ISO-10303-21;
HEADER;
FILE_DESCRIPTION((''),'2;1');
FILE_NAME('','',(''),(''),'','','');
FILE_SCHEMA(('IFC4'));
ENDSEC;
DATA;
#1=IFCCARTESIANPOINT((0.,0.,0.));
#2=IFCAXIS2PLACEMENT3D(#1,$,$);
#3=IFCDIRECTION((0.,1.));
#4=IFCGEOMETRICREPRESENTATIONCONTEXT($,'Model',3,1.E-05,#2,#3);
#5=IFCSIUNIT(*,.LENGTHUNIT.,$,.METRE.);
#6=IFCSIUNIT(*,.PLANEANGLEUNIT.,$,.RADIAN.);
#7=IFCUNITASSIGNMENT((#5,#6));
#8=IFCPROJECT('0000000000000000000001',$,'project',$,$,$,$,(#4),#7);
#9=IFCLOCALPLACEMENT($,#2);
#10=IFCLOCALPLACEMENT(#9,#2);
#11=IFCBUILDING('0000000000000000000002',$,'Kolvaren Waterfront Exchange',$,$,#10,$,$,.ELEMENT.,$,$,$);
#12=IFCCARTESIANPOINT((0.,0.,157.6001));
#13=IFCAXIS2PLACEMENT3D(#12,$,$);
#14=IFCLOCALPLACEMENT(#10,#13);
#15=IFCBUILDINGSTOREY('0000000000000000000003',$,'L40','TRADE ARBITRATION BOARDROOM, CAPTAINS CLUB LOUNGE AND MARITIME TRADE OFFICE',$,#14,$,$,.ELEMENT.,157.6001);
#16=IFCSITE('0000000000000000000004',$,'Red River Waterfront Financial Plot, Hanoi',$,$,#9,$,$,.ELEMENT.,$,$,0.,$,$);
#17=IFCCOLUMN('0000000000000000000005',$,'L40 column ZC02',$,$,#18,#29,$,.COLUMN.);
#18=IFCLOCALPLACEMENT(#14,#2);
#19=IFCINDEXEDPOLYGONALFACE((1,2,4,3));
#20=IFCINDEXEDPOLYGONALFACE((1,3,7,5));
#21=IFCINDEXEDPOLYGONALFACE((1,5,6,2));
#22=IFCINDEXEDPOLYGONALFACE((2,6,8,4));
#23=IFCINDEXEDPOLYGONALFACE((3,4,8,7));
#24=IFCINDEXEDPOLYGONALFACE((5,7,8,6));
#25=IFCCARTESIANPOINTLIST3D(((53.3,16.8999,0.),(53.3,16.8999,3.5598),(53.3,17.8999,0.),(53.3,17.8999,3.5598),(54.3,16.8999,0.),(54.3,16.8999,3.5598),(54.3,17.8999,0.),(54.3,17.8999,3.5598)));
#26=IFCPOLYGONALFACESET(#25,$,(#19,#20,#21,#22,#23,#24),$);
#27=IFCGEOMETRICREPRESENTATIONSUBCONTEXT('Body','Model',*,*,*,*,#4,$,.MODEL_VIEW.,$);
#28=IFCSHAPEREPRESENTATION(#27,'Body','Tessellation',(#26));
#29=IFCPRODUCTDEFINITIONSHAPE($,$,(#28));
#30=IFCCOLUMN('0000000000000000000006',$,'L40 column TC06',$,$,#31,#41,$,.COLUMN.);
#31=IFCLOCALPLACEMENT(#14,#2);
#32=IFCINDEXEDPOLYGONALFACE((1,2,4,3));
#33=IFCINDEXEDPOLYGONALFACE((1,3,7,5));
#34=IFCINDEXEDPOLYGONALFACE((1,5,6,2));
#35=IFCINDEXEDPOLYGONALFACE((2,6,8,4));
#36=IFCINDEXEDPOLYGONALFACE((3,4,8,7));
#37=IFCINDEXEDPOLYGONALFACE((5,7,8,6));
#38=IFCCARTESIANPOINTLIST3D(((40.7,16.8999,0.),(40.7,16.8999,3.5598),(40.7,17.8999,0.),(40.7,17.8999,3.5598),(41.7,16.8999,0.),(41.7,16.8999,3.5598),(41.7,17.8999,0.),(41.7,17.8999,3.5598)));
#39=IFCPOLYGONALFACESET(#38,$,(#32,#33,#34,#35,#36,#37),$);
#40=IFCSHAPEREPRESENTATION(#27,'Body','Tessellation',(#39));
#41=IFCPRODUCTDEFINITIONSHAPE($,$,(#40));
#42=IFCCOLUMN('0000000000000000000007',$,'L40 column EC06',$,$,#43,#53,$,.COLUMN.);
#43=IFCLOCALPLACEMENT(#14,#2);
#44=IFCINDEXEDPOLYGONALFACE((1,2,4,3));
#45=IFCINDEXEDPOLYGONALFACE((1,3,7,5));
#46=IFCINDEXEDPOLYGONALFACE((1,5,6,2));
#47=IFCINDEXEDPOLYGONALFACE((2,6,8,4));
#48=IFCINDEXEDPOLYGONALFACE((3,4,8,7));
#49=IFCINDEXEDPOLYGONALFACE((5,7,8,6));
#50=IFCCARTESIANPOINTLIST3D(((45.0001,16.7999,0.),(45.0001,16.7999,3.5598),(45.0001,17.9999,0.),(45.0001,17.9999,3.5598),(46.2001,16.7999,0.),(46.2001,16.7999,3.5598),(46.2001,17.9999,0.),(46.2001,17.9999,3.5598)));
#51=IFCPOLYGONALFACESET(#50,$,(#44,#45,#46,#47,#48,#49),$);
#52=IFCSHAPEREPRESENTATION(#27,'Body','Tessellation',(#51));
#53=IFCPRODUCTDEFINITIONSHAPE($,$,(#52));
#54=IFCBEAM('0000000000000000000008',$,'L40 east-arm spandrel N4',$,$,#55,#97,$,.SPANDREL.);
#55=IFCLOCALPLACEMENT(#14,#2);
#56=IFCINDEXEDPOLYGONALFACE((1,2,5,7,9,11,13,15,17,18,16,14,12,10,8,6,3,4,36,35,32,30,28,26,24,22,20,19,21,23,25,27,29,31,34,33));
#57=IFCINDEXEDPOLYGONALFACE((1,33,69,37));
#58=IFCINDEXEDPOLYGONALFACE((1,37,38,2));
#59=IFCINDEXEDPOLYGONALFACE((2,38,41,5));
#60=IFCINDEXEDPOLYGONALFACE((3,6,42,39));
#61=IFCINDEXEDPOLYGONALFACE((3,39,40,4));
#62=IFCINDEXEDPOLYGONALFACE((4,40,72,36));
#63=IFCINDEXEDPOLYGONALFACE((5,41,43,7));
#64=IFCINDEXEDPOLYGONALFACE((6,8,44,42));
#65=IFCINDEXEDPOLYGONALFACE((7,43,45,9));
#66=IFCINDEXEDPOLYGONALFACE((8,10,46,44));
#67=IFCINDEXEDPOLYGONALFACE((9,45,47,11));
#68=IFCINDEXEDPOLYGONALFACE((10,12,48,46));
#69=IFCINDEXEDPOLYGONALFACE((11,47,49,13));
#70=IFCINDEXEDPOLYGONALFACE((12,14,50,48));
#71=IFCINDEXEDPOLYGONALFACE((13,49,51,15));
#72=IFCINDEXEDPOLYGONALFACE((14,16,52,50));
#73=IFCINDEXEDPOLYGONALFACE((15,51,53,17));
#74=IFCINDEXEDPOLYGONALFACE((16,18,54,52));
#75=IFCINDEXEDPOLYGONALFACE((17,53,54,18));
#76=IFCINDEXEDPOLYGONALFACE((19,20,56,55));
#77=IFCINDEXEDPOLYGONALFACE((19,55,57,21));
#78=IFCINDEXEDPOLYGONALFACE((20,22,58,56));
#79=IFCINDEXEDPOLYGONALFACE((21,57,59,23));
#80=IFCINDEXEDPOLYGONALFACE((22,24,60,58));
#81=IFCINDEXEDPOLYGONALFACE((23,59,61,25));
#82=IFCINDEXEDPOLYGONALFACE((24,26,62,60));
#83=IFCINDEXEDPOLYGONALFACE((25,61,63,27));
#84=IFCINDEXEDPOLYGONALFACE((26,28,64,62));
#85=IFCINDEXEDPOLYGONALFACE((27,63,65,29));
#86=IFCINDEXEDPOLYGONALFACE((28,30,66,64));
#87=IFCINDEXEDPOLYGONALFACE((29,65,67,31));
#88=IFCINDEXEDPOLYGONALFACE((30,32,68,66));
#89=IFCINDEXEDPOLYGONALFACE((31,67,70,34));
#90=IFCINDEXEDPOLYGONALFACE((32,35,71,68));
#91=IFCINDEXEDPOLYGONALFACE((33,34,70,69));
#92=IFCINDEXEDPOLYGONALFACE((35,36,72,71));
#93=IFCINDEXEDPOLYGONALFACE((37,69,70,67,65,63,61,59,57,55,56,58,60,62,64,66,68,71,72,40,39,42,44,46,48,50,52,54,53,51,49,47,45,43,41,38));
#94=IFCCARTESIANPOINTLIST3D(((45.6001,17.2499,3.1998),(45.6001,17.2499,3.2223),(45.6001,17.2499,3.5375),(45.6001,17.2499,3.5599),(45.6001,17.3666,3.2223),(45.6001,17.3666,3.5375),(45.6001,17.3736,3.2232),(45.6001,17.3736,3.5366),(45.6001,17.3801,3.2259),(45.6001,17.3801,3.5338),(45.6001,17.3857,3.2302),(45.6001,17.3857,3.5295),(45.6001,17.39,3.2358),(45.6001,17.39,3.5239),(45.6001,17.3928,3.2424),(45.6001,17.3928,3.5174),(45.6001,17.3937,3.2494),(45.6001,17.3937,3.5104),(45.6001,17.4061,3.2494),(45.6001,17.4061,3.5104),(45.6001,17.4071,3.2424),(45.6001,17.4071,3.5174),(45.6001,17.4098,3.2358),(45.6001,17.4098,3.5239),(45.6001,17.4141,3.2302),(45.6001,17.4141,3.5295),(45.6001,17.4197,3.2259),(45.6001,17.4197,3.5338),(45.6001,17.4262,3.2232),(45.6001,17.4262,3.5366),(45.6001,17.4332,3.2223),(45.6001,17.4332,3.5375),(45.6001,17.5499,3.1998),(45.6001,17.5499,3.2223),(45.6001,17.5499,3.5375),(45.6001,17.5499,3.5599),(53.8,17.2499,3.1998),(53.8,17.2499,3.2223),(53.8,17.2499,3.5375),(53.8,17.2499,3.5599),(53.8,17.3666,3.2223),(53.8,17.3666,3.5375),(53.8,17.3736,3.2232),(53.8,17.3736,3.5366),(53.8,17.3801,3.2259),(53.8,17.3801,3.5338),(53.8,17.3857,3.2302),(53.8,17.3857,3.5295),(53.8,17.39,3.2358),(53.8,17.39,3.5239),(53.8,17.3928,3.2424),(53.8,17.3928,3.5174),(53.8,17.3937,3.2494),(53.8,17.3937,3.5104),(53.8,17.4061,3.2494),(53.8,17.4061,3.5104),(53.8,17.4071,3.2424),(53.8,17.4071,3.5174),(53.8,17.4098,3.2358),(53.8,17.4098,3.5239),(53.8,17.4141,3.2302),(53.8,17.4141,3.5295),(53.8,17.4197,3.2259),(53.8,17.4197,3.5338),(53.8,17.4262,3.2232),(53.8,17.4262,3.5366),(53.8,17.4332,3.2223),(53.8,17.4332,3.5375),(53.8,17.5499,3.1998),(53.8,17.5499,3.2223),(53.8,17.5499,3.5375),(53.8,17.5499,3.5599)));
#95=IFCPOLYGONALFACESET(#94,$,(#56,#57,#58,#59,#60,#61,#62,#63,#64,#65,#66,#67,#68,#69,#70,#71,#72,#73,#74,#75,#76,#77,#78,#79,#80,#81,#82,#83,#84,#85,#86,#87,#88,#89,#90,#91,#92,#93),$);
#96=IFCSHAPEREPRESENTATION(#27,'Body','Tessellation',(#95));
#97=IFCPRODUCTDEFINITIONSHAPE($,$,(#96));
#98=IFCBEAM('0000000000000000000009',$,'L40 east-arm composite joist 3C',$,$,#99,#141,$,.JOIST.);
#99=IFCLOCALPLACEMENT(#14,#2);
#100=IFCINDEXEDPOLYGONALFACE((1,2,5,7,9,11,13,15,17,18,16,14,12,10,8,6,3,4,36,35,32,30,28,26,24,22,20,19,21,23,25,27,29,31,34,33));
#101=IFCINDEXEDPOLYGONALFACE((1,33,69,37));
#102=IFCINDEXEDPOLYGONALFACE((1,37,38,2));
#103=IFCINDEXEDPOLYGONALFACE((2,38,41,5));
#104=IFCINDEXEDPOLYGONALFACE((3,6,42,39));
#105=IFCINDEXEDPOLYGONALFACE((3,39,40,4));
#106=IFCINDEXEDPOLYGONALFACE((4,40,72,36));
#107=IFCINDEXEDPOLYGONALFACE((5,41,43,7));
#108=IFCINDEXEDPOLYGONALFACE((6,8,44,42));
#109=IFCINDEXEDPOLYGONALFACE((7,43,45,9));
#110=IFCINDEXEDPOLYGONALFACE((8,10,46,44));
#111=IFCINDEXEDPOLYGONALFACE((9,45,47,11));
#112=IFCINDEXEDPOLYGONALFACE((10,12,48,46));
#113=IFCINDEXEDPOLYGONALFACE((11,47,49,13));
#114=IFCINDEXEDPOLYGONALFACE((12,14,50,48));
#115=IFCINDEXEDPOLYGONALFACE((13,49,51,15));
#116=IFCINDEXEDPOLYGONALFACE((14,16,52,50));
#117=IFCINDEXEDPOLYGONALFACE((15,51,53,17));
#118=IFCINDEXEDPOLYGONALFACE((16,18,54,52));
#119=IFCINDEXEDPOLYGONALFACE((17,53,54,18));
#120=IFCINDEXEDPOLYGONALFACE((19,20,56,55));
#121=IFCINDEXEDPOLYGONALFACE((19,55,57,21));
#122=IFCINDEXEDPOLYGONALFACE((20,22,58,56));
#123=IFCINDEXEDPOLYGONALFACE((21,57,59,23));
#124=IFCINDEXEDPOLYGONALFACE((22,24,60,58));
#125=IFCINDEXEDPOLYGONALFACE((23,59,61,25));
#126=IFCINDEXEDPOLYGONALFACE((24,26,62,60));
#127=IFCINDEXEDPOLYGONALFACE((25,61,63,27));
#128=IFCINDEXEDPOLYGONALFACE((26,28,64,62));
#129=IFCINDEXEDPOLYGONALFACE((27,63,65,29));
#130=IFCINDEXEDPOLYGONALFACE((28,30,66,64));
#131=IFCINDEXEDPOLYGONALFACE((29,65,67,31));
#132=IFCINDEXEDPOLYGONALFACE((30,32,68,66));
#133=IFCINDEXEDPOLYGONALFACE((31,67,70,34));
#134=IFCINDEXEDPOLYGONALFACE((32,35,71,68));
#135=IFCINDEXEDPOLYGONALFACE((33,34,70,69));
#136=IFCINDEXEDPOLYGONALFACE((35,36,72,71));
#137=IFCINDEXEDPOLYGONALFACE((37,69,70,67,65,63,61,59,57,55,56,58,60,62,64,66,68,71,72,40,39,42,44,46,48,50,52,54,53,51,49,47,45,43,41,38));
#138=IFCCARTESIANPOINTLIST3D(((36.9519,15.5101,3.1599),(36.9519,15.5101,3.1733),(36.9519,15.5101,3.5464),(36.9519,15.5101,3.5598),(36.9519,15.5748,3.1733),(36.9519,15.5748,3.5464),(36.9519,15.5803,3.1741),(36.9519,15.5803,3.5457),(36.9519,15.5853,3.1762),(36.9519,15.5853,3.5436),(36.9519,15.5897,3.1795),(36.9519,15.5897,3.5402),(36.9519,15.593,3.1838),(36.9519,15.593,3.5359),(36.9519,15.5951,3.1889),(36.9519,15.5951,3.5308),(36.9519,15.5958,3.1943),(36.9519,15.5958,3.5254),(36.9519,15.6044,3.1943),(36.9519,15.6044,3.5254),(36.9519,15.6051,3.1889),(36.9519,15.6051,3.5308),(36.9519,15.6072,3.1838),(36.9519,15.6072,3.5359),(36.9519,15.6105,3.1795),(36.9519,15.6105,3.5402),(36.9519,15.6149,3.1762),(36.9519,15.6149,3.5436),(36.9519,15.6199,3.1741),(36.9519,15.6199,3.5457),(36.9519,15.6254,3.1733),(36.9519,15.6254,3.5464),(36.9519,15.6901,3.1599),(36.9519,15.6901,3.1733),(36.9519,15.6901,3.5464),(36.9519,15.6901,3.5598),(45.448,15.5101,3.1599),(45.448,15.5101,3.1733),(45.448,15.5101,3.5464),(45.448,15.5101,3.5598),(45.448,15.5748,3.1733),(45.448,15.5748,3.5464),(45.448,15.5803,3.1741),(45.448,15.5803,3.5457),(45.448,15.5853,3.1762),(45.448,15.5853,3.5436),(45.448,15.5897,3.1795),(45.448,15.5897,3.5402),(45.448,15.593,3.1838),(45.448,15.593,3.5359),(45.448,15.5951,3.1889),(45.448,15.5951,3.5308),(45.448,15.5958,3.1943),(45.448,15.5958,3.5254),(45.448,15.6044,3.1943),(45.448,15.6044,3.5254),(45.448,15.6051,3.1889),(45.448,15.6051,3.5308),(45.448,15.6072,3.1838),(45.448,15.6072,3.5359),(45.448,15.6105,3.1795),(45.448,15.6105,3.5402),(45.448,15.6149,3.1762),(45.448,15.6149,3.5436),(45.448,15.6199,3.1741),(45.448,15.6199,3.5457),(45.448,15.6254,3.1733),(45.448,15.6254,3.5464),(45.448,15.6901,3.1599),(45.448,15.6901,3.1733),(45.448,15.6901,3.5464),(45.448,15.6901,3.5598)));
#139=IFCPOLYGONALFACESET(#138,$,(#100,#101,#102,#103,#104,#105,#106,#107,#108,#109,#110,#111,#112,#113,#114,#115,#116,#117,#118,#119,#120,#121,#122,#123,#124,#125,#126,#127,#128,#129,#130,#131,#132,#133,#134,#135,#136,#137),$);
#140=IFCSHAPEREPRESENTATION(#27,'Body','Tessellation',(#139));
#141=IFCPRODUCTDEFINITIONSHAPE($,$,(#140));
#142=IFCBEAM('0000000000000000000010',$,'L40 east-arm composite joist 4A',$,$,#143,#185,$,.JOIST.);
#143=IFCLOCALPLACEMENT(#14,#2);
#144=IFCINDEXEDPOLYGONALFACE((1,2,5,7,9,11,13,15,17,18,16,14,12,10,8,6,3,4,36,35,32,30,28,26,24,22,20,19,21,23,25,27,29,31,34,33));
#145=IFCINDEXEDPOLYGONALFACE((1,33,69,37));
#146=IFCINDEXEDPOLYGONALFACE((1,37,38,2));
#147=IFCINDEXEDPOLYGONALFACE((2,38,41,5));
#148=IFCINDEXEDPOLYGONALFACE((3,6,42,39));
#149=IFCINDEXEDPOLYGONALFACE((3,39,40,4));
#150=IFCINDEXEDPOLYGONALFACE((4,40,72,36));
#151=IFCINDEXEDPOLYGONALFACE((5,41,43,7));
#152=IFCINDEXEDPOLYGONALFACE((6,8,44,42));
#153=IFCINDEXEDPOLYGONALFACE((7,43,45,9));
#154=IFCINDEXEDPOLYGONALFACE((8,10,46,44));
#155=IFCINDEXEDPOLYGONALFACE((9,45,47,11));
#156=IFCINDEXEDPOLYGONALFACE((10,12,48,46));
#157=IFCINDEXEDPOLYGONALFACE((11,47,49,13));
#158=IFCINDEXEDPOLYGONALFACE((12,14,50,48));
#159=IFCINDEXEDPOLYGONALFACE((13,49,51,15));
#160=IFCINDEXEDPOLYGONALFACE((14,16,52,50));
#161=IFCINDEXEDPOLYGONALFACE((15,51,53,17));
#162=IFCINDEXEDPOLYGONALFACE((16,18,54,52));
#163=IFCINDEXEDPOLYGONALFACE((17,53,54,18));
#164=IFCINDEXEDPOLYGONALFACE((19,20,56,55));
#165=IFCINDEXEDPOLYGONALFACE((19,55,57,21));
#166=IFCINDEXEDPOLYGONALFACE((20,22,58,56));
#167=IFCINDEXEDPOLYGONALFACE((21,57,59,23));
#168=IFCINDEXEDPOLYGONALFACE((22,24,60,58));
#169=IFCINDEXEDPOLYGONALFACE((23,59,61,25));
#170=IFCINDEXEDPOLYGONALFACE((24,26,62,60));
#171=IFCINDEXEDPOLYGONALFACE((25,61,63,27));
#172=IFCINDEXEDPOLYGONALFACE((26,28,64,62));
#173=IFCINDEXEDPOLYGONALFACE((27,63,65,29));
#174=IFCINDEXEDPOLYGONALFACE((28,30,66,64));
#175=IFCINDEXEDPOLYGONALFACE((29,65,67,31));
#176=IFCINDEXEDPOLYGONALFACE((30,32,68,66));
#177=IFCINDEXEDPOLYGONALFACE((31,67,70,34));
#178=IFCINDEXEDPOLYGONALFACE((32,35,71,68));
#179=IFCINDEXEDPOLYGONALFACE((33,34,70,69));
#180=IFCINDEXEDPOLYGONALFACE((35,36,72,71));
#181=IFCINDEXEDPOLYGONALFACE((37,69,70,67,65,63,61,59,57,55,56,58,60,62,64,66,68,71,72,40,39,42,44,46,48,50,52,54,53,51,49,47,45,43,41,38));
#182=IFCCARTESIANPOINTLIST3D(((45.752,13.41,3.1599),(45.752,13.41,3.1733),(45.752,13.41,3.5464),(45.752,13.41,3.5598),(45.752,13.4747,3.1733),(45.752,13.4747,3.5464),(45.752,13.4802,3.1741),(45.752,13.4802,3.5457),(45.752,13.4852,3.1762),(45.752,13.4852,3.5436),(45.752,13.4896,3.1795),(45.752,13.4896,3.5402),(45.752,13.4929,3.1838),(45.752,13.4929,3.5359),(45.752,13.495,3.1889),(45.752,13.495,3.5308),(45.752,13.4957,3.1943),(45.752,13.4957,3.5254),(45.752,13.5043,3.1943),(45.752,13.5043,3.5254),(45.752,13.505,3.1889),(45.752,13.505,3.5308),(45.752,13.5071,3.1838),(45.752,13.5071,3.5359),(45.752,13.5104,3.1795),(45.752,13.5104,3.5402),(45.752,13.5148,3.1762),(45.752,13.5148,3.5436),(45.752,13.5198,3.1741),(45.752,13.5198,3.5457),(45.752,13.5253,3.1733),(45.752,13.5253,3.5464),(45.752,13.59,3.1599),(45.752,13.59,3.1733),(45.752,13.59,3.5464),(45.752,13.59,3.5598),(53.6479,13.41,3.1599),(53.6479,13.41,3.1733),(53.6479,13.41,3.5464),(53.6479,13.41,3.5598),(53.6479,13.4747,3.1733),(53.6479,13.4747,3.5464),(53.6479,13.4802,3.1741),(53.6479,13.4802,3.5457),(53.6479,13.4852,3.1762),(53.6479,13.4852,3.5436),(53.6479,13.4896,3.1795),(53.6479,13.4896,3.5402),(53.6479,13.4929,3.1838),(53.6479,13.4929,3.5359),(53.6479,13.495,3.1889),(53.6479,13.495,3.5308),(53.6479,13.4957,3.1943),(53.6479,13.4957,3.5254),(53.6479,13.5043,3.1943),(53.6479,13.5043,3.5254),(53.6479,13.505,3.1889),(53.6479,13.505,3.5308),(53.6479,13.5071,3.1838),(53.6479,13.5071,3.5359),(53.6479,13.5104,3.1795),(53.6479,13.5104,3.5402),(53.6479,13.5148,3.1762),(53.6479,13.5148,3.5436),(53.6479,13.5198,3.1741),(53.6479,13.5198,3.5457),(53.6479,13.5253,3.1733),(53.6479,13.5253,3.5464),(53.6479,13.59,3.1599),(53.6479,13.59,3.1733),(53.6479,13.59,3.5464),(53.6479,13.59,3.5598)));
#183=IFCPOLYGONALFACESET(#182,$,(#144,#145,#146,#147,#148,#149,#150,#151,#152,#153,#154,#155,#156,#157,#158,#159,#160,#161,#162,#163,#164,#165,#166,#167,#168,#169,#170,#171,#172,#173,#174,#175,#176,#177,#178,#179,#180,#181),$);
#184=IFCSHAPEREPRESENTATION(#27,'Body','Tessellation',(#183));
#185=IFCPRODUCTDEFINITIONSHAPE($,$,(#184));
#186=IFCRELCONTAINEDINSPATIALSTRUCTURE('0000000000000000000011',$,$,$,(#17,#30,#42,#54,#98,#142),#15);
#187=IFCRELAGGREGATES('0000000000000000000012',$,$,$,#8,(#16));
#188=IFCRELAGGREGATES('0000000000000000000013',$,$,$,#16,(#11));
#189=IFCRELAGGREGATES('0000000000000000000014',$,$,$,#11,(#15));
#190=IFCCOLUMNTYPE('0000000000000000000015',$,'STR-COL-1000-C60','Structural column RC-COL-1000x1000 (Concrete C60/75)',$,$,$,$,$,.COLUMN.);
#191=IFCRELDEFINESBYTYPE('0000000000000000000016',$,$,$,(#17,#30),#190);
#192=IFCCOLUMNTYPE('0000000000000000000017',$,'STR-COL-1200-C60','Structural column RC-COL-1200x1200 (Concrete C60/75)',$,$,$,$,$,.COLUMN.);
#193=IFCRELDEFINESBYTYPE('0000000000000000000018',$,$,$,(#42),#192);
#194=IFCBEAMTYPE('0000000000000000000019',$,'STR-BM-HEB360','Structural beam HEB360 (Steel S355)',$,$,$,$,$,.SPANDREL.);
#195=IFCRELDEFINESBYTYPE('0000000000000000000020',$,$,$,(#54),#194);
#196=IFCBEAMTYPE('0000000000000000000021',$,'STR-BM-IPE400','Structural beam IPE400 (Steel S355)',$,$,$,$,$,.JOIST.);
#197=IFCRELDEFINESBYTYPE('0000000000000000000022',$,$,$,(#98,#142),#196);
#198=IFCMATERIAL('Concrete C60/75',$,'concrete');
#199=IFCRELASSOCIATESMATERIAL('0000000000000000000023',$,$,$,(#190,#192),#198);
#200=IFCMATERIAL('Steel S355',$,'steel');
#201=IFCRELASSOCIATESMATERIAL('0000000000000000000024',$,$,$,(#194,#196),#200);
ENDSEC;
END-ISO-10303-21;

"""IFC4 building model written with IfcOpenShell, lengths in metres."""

from ifc_helpers import new_model, si_unit, direction, frame, origin, origin_2d, place, context, subcontext, project, spatial, rectangle, i_section, extrude, material, material_profile, profile_set, type_object, element, save


model = new_model("IFC4")

# Units and contexts
model_context = context("Model", 3, precision=1e-05, world=origin(), true_north=direction((0.0, 1.0)))
body_context = subcontext(model_context, "Body", "Model", "MODEL_VIEW")
ifc_project = project(units=[si_unit("LENGTHUNIT", "METRE"), si_unit("PLANEANGLEUNIT", "RADIAN")], contexts=[model_context])

# Site, building, storey
site_placement = place(None, origin())
site = spatial("IfcSite", under=ifc_project, at=site_placement, Name="Red River Waterfront Financial Plot, Hanoi", CompositionType="ELEMENT", RefElevation=0.0)
building_placement = place(site_placement, origin())
building = spatial("IfcBuilding", under=site, at=building_placement, Name="Kolvaren Waterfront Exchange", CompositionType="ELEMENT")
storey_placement = place(building_placement, frame((0.0, 0.0, 157.6001)))
storey = spatial("IfcBuildingStorey", under=building, at=storey_placement, Name="L40", Description="TRADE ARBITRATION BOARDROOM, CAPTAINS CLUB LOUNGE AND MARITIME TRADE OFFICE", CompositionType="ELEMENT", Elevation=157.6001)

# Columns
ifc_material_1 = material(Name="Concrete C60/75", Category="concrete")
ifc_material_profile_1 = material_profile(ifc_material_1, rectangle(XDim=1.0, YDim=1.0, at=origin_2d()), Name="RC-COL-1000x1000")
ifc_profile_set_1 = profile_set([ifc_material_profile_1], Name="Concrete C60/75")
column_type_1 = type_object("IfcColumnType", Name="STR-COL-1000-C60", Description="Structural column RC-COL-1000x1000 (Concrete C60/75)", PredefinedType="COLUMN", material=ifc_profile_set_1)
for number, where, z_axis, x_axis, name in (
    (1, (53.8, 17.3999, 0.0), (0.0, 0.0, 1.0), (1.0, 0.0, 0.0), "L40 column ZC02"),
    (2, (41.2, 17.3999, 0.0), (0.0, 0.0, 1.0), (1.0, 0.0, 0.0), "L40 column TC06"),
):
    element("IfcColumn", number, at=place(storey_placement, frame(where, z_axis=z_axis, x_axis=x_axis)), inside=storey, type_object=column_type_1, Name=name, PredefinedType="COLUMN", context=body_context, shape_type="SweptSolid", body=[
        extrude(rectangle(XDim=1.0, YDim=1.0, at=origin_2d()), origin(), (0.0, 0.0, 1.0), 3.5598),
    ])
ifc_material_profile_2 = material_profile(ifc_material_1, rectangle(XDim=1.2, YDim=1.2, at=origin_2d()), Name="RC-COL-1200x1200")
ifc_profile_set_2 = profile_set([ifc_material_profile_2], Name="Concrete C60/75")
column_type_2 = type_object("IfcColumnType", Name="STR-COL-1200-C60", Description="Structural column RC-COL-1200x1200 (Concrete C60/75)", PredefinedType="COLUMN", material=ifc_profile_set_2)
column_placement = place(storey_placement, frame((45.6001, 17.3999, 0.0), z_axis=(0.0, 0.0, 1.0), x_axis=(1.0, 0.0, 0.0)))
element("IfcColumn", 3, at=column_placement, inside=storey, type_object=column_type_2, Name="L40 column EC06", PredefinedType="COLUMN", context=body_context, shape_type="SweptSolid", body=[
    extrude(rectangle(XDim=1.2, YDim=1.2, at=origin_2d()), origin(), (0.0, 0.0, 1.0), 3.5598),
])

# Beams
ifc_material_2 = material(Name="Steel S355", Category="steel")
ifc_material_profile_3 = material_profile(ifc_material_2, i_section(OverallWidth=0.3, OverallDepth=0.3601, WebThickness=0.0125, FlangeThickness=0.0225, FilletRadius=0.0271, at=origin_2d()), Name="HEB360")
ifc_profile_set_3 = profile_set([ifc_material_profile_3], Name="Steel S355")
beam_type_1 = type_object("IfcBeamType", Name="STR-BM-HEB360", Description="Structural beam HEB360 (Steel S355)", PredefinedType="SPANDREL", material=ifc_profile_set_3)
beam_1_placement = place(storey_placement, frame((45.6001, 17.3999, 3.3799), z_axis=(1.0, 0.0, 0.0), x_axis=(0.0, 1.0, 0.0)))
element("IfcBeam", 4, at=beam_1_placement, inside=storey, type_object=beam_type_1, Name="L40 east-arm spandrel N4", PredefinedType="SPANDREL", context=body_context, shape_type="SweptSolid", body=[
    extrude(i_section(OverallWidth=0.3, OverallDepth=0.3601, WebThickness=0.0125, FlangeThickness=0.0225, FilletRadius=0.0271, at=origin_2d()), origin(), (0.0, 0.0, 1.0), 8.2),
])
ifc_material_profile_4 = material_profile(ifc_material_2, i_section(OverallWidth=0.1799, OverallDepth=0.3999, WebThickness=0.0085, FlangeThickness=0.0134, FilletRadius=0.021, at=origin_2d()), Name="IPE400")
ifc_profile_set_4 = profile_set([ifc_material_profile_4], Name="Steel S355")
beam_type_2 = type_object("IfcBeamType", Name="STR-BM-IPE400", Description="Structural beam IPE400 (Steel S355)", PredefinedType="JOIST", material=ifc_profile_set_4)
beam_2_placement = place(storey_placement, frame((36.9519, 15.6001, 3.3599), z_axis=(1.0, 0.0, 0.0), x_axis=(0.0, 1.0, 0.0)))
element("IfcBeam", 5, at=beam_2_placement, inside=storey, type_object=beam_type_2, Name="L40 east-arm composite joist 3C", PredefinedType="JOIST", context=body_context, shape_type="SweptSolid", body=[
    extrude(i_section(OverallWidth=0.1799, OverallDepth=0.3999, WebThickness=0.0085, FlangeThickness=0.0134, FilletRadius=0.021, at=origin_2d()), origin(), (0.0, 0.0, 1.0), 8.4961),
])
for number, where, z_axis, x_axis, name in (
    (6, (45.752, 13.5, 3.3599), (1.0, 0.0, 0.0), (0.0, 1.0, 0.0), "L40 east-arm composite joist 4A"),
):
    element("IfcBeam", number, at=place(storey_placement, frame(where, z_axis=z_axis, x_axis=x_axis)), inside=storey, type_object=beam_type_2, Name=name, PredefinedType="JOIST", context=body_context, shape_type="SweptSolid", body=[
        extrude(i_section(OverallWidth=0.1799, OverallDepth=0.3999, WebThickness=0.0085, FlangeThickness=0.0134, FilletRadius=0.021, at=origin_2d()), origin(), (0.0, 0.0, 1.0), 7.896),
    ])

save(model, "model.ifc")
